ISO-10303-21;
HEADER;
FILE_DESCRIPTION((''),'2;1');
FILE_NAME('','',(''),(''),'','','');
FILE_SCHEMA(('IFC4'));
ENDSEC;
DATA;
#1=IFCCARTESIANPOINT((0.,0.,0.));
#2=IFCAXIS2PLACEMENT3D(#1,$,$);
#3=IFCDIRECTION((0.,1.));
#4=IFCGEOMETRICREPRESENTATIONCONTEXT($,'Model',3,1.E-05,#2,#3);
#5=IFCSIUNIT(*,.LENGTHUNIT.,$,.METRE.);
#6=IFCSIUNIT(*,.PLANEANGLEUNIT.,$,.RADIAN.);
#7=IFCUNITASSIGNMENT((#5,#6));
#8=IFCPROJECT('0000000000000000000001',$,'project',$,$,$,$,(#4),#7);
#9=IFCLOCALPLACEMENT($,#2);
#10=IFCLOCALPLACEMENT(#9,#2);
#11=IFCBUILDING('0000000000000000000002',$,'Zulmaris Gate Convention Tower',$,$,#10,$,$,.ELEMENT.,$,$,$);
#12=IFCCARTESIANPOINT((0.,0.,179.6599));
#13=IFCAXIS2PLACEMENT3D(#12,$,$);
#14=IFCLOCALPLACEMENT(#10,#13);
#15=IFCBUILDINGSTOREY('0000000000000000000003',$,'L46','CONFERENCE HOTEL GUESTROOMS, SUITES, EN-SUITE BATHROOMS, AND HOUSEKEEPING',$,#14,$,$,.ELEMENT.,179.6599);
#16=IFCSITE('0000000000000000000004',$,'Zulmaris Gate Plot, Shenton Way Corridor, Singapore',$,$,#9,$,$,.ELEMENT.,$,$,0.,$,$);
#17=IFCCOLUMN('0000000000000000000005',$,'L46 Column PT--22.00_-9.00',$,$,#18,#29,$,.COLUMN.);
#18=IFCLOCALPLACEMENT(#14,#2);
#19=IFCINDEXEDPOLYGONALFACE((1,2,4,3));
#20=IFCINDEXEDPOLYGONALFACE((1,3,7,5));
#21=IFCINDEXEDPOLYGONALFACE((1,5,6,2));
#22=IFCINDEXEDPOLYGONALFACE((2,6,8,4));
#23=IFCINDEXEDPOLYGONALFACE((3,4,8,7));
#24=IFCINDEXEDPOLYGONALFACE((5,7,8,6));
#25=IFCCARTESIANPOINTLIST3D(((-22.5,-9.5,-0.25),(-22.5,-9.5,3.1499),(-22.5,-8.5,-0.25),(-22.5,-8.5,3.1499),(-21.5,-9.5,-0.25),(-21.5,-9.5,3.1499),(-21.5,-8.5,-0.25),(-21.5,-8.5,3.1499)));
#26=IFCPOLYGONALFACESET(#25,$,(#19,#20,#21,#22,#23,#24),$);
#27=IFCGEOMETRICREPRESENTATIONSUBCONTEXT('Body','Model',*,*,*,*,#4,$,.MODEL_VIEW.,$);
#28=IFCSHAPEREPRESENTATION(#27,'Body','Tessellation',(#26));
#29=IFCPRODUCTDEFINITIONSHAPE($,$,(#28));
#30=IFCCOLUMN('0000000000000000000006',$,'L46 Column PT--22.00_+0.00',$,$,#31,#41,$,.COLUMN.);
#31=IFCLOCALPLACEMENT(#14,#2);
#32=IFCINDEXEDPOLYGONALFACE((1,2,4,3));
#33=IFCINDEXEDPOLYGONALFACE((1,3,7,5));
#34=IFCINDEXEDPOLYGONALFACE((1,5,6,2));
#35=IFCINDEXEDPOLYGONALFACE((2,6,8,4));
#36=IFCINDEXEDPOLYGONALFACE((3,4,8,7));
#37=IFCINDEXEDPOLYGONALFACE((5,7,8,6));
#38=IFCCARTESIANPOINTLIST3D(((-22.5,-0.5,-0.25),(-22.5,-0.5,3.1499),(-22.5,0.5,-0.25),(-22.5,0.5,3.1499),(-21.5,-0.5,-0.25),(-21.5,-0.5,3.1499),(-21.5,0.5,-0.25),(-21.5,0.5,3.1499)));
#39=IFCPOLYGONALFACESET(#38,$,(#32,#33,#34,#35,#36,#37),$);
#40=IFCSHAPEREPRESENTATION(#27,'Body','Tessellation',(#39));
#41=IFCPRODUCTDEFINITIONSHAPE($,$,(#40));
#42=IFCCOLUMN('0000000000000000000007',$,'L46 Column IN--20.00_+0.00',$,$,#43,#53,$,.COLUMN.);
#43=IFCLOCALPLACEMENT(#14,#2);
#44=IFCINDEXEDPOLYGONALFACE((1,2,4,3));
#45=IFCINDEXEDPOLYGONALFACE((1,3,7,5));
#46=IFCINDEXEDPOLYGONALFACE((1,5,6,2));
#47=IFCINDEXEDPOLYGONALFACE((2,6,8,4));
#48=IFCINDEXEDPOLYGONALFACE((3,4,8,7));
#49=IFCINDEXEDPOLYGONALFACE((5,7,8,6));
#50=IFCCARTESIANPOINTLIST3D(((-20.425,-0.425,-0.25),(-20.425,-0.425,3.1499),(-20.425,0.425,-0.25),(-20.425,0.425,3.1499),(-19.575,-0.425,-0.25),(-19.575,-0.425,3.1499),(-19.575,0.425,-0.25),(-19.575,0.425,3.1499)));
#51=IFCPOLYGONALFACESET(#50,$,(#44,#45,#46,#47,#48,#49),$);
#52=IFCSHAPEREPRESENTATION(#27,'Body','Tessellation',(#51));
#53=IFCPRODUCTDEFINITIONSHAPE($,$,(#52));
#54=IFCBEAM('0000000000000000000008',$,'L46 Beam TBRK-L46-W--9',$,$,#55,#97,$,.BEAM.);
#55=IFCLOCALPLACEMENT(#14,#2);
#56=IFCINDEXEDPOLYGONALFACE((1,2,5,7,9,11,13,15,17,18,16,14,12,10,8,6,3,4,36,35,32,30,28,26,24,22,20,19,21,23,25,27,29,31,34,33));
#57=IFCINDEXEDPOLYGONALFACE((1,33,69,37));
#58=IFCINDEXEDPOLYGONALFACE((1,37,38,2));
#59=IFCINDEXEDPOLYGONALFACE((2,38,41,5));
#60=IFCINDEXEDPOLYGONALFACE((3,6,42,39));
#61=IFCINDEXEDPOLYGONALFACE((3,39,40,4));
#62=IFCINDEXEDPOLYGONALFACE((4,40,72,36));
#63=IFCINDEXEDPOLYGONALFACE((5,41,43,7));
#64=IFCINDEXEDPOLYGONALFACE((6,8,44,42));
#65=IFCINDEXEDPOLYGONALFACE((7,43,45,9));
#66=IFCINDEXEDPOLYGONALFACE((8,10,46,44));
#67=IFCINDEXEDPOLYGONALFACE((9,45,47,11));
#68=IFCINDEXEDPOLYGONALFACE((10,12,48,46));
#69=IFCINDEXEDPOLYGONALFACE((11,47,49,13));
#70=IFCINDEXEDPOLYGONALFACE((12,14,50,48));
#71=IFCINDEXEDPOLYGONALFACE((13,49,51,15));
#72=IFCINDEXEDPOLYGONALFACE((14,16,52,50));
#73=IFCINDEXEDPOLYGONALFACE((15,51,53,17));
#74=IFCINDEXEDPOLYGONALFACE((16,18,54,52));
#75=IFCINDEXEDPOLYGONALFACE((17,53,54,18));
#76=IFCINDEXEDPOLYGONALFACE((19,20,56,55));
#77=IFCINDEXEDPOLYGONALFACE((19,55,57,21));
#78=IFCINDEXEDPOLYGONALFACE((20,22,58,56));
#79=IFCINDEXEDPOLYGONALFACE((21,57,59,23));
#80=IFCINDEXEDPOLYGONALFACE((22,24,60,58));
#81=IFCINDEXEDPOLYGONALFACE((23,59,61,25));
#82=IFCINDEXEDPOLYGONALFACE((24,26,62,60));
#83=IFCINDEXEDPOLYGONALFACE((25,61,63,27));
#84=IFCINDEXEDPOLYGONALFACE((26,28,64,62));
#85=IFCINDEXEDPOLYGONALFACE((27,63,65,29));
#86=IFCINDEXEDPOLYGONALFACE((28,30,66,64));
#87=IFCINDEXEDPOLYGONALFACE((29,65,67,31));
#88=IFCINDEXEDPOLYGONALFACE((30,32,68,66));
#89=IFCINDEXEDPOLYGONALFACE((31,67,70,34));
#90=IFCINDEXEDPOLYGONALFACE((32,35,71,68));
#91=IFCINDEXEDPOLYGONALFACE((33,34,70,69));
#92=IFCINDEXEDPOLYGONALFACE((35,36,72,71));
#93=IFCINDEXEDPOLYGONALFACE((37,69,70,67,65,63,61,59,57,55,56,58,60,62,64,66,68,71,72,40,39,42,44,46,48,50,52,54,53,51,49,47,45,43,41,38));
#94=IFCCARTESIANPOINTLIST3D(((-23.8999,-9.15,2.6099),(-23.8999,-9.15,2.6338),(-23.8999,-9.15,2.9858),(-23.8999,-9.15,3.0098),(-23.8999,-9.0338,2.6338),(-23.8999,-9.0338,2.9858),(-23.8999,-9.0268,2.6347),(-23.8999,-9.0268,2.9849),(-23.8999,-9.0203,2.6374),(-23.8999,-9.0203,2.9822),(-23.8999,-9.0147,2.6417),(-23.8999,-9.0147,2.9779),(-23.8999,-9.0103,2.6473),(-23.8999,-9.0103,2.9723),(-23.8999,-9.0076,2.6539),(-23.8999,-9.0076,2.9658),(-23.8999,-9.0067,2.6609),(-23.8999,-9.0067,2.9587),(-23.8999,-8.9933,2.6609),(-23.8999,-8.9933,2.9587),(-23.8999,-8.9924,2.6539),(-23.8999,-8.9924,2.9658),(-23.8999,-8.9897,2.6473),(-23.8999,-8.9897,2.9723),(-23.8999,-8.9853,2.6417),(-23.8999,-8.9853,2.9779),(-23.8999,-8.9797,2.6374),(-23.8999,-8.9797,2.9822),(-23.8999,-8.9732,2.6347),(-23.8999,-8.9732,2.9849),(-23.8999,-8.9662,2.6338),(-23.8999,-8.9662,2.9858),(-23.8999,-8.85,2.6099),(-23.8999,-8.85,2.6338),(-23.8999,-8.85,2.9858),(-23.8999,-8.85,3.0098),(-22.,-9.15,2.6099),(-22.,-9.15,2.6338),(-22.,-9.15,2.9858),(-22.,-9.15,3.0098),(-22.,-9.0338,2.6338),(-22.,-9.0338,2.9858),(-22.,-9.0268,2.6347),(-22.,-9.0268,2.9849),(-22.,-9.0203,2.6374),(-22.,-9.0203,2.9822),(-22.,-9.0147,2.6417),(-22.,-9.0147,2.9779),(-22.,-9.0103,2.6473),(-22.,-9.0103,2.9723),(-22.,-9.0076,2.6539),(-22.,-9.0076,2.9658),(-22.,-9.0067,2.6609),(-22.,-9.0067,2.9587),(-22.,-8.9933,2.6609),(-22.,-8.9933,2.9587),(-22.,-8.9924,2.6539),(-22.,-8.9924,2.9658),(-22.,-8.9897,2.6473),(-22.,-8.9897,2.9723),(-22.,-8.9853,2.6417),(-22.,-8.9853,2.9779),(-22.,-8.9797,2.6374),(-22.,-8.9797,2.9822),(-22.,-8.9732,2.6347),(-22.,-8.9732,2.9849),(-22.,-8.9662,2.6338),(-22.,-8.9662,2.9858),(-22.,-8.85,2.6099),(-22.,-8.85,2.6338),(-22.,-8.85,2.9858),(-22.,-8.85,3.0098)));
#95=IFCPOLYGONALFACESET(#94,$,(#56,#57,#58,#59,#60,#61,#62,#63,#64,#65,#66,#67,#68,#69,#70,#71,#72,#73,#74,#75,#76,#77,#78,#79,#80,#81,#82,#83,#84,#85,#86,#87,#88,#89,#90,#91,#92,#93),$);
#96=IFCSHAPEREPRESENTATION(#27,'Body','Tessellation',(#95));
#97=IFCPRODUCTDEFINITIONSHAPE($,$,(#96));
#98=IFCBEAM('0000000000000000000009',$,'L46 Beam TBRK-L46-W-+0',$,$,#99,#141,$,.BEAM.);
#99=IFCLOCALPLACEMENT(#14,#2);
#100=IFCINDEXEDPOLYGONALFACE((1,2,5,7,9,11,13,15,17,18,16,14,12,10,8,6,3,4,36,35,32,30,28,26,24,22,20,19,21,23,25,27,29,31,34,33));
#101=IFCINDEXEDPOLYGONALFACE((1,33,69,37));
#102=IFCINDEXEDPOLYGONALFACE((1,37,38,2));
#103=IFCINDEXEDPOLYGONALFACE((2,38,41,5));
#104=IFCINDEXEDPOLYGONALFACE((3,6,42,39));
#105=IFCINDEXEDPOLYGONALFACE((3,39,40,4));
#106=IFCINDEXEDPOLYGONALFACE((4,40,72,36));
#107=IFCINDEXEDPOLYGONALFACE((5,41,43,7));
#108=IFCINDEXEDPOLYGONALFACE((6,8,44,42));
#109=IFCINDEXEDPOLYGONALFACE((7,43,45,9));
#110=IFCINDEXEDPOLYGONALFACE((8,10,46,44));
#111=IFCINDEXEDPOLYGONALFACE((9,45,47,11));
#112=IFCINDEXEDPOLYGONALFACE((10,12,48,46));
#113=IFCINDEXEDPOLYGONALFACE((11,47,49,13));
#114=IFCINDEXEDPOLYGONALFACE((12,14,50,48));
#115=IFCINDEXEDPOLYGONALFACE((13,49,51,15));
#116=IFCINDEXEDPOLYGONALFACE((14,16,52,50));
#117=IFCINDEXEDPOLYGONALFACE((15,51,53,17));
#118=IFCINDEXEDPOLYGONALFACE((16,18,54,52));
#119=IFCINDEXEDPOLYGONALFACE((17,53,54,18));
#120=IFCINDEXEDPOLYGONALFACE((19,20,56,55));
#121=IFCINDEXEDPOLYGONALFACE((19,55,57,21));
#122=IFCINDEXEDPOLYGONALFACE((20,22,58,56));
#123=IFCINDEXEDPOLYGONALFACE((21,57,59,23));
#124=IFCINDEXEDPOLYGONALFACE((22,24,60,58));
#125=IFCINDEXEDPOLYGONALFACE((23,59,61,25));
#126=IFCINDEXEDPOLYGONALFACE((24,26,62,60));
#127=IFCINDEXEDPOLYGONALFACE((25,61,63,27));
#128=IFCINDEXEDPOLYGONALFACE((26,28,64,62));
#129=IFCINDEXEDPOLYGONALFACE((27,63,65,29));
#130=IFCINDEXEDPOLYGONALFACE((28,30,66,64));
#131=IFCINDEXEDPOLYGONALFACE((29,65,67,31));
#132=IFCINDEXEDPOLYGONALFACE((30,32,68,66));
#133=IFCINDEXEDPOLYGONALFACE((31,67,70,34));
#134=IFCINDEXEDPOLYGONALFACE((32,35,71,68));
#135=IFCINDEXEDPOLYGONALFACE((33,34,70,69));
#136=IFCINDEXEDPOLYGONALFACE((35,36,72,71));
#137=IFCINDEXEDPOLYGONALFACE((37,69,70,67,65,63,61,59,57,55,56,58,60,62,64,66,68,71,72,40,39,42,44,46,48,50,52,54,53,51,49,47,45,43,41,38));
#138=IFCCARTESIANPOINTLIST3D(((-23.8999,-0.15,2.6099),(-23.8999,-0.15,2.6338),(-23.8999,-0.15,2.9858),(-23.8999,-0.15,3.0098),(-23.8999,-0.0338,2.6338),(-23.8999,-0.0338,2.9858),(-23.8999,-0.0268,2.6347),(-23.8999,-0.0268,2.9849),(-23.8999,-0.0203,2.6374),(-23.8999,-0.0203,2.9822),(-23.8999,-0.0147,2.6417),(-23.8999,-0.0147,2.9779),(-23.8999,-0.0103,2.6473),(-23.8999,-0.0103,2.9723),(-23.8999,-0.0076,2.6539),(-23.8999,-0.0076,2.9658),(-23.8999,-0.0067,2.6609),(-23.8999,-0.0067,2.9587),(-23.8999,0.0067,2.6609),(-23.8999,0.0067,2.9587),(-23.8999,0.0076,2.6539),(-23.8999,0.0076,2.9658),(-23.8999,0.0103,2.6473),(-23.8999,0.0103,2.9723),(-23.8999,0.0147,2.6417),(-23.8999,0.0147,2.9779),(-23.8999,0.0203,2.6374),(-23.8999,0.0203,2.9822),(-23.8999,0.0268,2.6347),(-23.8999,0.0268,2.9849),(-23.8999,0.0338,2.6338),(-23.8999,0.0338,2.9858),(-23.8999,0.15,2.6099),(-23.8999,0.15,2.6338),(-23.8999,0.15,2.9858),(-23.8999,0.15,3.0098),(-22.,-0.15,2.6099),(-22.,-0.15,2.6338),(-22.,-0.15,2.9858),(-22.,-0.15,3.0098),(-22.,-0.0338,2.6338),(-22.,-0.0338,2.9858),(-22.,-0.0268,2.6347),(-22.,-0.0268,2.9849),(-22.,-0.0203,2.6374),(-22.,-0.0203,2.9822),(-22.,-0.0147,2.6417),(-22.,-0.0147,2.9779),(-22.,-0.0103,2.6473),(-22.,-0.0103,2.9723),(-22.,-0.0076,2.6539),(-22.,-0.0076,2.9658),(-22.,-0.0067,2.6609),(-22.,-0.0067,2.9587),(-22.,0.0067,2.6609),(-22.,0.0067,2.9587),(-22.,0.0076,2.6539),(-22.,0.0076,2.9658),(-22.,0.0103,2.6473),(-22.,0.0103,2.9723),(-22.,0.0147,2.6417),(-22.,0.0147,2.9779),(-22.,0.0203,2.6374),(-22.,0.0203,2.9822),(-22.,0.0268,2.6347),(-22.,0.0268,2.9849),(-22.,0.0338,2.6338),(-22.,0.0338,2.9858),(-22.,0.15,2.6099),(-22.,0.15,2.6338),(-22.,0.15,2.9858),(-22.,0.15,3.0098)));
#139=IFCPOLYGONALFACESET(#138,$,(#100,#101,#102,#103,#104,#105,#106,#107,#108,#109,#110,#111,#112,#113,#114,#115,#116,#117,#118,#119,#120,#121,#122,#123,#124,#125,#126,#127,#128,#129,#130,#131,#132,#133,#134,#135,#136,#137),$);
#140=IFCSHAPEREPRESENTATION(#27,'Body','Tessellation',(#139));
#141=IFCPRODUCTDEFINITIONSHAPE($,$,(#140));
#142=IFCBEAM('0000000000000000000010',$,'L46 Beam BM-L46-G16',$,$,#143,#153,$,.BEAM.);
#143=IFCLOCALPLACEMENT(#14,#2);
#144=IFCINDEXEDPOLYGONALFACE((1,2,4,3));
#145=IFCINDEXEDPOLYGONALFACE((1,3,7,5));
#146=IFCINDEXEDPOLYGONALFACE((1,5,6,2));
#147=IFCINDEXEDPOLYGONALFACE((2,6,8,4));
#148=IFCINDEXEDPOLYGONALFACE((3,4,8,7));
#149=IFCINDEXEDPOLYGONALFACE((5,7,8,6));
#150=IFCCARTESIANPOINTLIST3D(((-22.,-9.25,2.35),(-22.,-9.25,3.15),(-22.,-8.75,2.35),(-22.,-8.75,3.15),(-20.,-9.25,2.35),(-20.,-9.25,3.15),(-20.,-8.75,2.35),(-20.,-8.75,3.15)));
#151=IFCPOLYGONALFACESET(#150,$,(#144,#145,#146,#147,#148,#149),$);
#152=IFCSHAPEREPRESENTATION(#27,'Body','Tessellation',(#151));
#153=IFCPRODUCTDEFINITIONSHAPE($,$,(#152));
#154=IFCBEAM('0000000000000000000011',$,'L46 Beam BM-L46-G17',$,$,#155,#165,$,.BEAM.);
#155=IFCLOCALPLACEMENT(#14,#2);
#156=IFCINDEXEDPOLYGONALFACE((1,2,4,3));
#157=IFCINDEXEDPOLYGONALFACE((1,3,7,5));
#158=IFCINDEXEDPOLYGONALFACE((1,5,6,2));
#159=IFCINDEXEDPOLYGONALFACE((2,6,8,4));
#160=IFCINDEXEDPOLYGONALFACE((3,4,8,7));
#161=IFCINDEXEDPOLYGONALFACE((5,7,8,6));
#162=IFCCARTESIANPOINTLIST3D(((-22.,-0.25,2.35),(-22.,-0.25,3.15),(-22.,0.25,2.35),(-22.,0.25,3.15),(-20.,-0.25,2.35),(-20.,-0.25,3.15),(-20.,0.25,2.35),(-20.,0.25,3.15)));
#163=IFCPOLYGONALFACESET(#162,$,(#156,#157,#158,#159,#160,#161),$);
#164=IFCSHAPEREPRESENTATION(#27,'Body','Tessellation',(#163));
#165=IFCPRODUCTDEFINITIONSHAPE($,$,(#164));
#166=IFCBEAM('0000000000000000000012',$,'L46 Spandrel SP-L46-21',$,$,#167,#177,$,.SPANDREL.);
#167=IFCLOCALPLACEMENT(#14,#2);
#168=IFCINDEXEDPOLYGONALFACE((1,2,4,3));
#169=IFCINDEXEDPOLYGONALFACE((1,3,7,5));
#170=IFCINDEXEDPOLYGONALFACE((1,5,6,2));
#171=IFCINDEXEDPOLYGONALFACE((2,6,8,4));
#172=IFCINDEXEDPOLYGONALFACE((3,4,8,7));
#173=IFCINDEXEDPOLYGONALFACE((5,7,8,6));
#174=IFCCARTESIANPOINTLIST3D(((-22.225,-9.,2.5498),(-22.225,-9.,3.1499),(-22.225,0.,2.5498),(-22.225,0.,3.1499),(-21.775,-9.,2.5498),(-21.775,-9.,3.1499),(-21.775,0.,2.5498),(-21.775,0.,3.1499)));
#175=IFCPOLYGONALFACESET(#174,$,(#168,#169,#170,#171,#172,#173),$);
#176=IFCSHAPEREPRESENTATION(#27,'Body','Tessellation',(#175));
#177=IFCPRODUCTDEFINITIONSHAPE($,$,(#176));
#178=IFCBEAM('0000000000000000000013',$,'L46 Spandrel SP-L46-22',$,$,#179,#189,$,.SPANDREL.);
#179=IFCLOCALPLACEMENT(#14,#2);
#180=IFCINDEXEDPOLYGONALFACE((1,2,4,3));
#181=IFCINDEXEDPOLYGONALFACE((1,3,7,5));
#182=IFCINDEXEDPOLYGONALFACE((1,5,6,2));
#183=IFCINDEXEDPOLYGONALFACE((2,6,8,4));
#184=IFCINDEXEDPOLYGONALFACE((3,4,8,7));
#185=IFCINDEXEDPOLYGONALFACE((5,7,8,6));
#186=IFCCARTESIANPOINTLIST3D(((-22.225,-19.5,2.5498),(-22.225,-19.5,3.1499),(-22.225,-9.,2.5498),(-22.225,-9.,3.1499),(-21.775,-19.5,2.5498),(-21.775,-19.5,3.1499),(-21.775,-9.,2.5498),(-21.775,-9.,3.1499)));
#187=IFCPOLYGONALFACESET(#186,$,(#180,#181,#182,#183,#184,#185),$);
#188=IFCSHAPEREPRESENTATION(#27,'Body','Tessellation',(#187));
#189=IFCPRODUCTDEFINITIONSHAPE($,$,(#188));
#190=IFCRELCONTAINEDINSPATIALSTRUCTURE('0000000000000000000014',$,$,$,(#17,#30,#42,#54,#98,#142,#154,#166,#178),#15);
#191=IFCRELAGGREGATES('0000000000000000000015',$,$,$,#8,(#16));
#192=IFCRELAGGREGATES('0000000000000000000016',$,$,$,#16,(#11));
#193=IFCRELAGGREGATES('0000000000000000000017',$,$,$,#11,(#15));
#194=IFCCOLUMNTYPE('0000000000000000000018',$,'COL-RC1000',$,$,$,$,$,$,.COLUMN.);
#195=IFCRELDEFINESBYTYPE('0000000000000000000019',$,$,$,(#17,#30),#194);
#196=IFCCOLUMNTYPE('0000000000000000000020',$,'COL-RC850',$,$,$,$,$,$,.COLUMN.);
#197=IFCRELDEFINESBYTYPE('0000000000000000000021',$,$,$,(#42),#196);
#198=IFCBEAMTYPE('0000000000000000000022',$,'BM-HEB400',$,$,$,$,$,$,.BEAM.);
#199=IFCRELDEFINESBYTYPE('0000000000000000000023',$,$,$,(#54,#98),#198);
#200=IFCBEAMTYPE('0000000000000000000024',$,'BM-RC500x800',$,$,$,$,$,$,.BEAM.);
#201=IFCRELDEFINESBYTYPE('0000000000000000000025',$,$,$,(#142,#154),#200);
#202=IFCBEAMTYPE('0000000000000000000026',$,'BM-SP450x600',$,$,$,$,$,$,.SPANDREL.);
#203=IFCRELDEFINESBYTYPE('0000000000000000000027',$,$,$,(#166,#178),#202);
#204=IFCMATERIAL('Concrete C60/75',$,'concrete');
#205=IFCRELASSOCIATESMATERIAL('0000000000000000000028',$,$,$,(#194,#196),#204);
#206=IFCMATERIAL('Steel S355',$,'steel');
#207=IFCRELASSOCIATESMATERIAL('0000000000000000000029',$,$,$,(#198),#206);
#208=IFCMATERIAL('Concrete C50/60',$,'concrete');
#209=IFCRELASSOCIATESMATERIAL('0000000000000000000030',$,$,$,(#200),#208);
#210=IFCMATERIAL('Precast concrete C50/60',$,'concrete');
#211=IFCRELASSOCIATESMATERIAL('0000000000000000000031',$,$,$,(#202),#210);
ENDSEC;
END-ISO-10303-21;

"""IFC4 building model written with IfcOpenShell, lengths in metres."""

from ifc_helpers import new_model, si_unit, direction, frame, origin, origin_2d, place, context, subcontext, project, spatial, rectangle, i_section, extrude, material, material_profile, profile_set, type_object, element, save


model = new_model("IFC4")

# Units and contexts
model_context = context("Model", 3, precision=1e-05, world=origin(), true_north=direction((0.0, 1.0)))
body_context = subcontext(model_context, "Body", "Model", "MODEL_VIEW")
ifc_project = project(units=[si_unit("LENGTHUNIT", "METRE"), si_unit("PLANEANGLEUNIT", "RADIAN")], contexts=[model_context])

# Site, building, storey
site_placement = place(None, origin())
site = spatial("IfcSite", under=ifc_project, at=site_placement, Name="Zulmaris Gate Plot, Shenton Way Corridor, Singapore", CompositionType="ELEMENT", RefElevation=0.0)
building_placement = place(site_placement, origin())
building = spatial("IfcBuilding", under=site, at=building_placement, Name="Zulmaris Gate Convention Tower", CompositionType="ELEMENT")
storey_placement = place(building_placement, frame((0.0, 0.0, 179.6599)))
storey = spatial("IfcBuildingStorey", under=building, at=storey_placement, Name="L46", Description="CONFERENCE HOTEL GUESTROOMS, SUITES, EN-SUITE BATHROOMS, AND HOUSEKEEPING", CompositionType="ELEMENT", Elevation=179.6599)

# Columns
ifc_material_1 = material(Name="Concrete C60/75", Category="concrete")
ifc_material_profile_1 = material_profile(ifc_material_1, rectangle(XDim=1.0, YDim=1.0, at=origin_2d()), Name="RC COL 1000x1000")
ifc_profile_set_1 = profile_set([ifc_material_profile_1], Name="Concrete C60/75")
column_type_1 = type_object("IfcColumnType", Name="COL-RC1000", PredefinedType="COLUMN", material=ifc_profile_set_1)
for number, where, z_axis, x_axis, name in (
    (1, (-22.0, -9.0, -0.25), (0.0, 0.0, 1.0), (1.0, 0.0, 0.0), "L46 Column PT--22.00_-9.00"),
    (2, (-22.0, 0.0, -0.25), (0.0, 0.0, 1.0), (1.0, 0.0, 0.0), "L46 Column PT--22.00_+0.00"),
):
    element("IfcColumn", number, at=place(storey_placement, frame(where, z_axis=z_axis, x_axis=x_axis)), inside=storey, type_object=column_type_1, Name=name, PredefinedType="COLUMN", context=body_context, shape_type="SweptSolid", body=[
        extrude(rectangle(XDim=1.0, YDim=1.0, at=origin_2d()), origin(), (0.0, 0.0, 1.0), 3.3999),
    ])
ifc_material_profile_2 = material_profile(ifc_material_1, rectangle(XDim=0.8501, YDim=0.8501, at=origin_2d()), Name="RC COL 850x850")
ifc_profile_set_2 = profile_set([ifc_material_profile_2], Name="Concrete C60/75")
column_type_2 = type_object("IfcColumnType", Name="COL-RC850", PredefinedType="COLUMN", material=ifc_profile_set_2)
column_placement = place(storey_placement, frame((-20.0, 0.0, -0.25), z_axis=(0.0, 0.0, 1.0), x_axis=(1.0, 0.0, 0.0)))
element("IfcColumn", 3, at=column_placement, inside=storey, type_object=column_type_2, Name="L46 Column IN--20.00_+0.00", PredefinedType="COLUMN", context=body_context, shape_type="SweptSolid", body=[
    extrude(rectangle(XDim=0.8501, YDim=0.8501, at=origin_2d()), origin(), (0.0, 0.0, 1.0), 3.3999),
])

# Beams
ifc_material_2 = material(Name="Steel S355", Category="steel")
ifc_material_profile_3 = material_profile(ifc_material_2, i_section(OverallWidth=0.3, OverallDepth=0.3999, WebThickness=0.0134, FlangeThickness=0.0239, FilletRadius=0.0271, at=origin_2d()), Name="HEB 400")
ifc_profile_set_3 = profile_set([ifc_material_profile_3], Name="Steel S355")
beam_type_1 = type_object("IfcBeamType", Name="BM-HEB400", PredefinedType="BEAM", material=ifc_profile_set_3)
for number, where, z_axis, x_axis, name in (
    (4, (-23.8999, -9.0, 2.8098), (1.0, 0.0, 0.0), (0.0, 1.0, 0.0), "L46 Beam TBRK-L46-W--9"),
    (5, (-23.8999, 0.0, 2.8098), (1.0, 0.0, 0.0), (0.0, 1.0, 0.0), "L46 Beam TBRK-L46-W-+0"),
):
    element("IfcBeam", number, at=place(storey_placement, frame(where, z_axis=z_axis, x_axis=x_axis)), inside=storey, type_object=beam_type_1, Name=name, PredefinedType="BEAM", context=body_context, shape_type="SweptSolid", body=[
        extrude(i_section(OverallWidth=0.3, OverallDepth=0.3999, WebThickness=0.0134, FlangeThickness=0.0239, FilletRadius=0.0271, at=origin_2d()), origin(), (0.0, 0.0, 1.0), 1.8999),
    ])
ifc_material_3 = material(Name="Concrete C50/60", Category="concrete")
ifc_material_profile_4 = material_profile(ifc_material_3, rectangle(XDim=0.5, YDim=0.8, at=origin_2d()), Name="RC BEAM 500x800")
ifc_profile_set_4 = profile_set([ifc_material_profile_4], Name="Concrete C50/60")
beam_type_2 = type_object("IfcBeamType", Name="BM-RC500x800", PredefinedType="BEAM", material=ifc_profile_set_4)
for number, where, z_axis, x_axis, name in (
    (6, (-22.0, -9.0, 2.75), (1.0, 0.0, 0.0), (0.0, 1.0, 0.0), "L46 Beam BM-L46-G16"),
    (7, (-22.0, 0.0, 2.75), (1.0, 0.0, 0.0), (0.0, 1.0, 0.0), "L46 Beam BM-L46-G17"),
):
    element("IfcBeam", number, at=place(storey_placement, frame(where, z_axis=z_axis, x_axis=x_axis)), inside=storey, type_object=beam_type_2, Name=name, PredefinedType="BEAM", context=body_context, shape_type="SweptSolid", body=[
        extrude(rectangle(XDim=0.5, YDim=0.8, at=origin_2d()), origin(), (0.0, 0.0, 1.0), 2.0),
    ])
ifc_material_4 = material(Name="Precast concrete C50/60", Category="concrete")
ifc_material_profile_5 = material_profile(ifc_material_4, rectangle(XDim=0.45, YDim=0.6001, at=origin_2d()), Name="RC SPANDREL 450x600")
ifc_profile_set_5 = profile_set([ifc_material_profile_5], Name="Precast concrete C50/60")
beam_type_3 = type_object("IfcBeamType", Name="BM-SP450x600", PredefinedType="SPANDREL", material=ifc_profile_set_5)
beam_1_placement = place(storey_placement, frame((-22.0, 0.0, 2.8499), z_axis=(0.0, -1.0, 0.0), x_axis=(1.0, 0.0, 0.0)))
element("IfcBeam", 8, at=beam_1_placement, inside=storey, type_object=beam_type_3, Name="L46 Spandrel SP-L46-21", PredefinedType="SPANDREL", context=body_context, shape_type="SweptSolid", body=[
    extrude(rectangle(XDim=0.45, YDim=0.6001, at=origin_2d()), origin(), (0.0, 0.0, 1.0), 9.0),
])
beam_2_placement = place(storey_placement, frame((-22.0, -9.0, 2.8499), z_axis=(0.0, -1.0, 0.0), x_axis=(1.0, 0.0, 0.0)))
element("IfcBeam", 9, at=beam_2_placement, inside=storey, type_object=beam_type_3, Name="L46 Spandrel SP-L46-22", PredefinedType="SPANDREL", context=body_context, shape_type="SweptSolid", body=[
    extrude(rectangle(XDim=0.45, YDim=0.6001, at=origin_2d()), origin(), (0.0, 0.0, 1.0), 10.5),
])

save(model, "model.ifc")
